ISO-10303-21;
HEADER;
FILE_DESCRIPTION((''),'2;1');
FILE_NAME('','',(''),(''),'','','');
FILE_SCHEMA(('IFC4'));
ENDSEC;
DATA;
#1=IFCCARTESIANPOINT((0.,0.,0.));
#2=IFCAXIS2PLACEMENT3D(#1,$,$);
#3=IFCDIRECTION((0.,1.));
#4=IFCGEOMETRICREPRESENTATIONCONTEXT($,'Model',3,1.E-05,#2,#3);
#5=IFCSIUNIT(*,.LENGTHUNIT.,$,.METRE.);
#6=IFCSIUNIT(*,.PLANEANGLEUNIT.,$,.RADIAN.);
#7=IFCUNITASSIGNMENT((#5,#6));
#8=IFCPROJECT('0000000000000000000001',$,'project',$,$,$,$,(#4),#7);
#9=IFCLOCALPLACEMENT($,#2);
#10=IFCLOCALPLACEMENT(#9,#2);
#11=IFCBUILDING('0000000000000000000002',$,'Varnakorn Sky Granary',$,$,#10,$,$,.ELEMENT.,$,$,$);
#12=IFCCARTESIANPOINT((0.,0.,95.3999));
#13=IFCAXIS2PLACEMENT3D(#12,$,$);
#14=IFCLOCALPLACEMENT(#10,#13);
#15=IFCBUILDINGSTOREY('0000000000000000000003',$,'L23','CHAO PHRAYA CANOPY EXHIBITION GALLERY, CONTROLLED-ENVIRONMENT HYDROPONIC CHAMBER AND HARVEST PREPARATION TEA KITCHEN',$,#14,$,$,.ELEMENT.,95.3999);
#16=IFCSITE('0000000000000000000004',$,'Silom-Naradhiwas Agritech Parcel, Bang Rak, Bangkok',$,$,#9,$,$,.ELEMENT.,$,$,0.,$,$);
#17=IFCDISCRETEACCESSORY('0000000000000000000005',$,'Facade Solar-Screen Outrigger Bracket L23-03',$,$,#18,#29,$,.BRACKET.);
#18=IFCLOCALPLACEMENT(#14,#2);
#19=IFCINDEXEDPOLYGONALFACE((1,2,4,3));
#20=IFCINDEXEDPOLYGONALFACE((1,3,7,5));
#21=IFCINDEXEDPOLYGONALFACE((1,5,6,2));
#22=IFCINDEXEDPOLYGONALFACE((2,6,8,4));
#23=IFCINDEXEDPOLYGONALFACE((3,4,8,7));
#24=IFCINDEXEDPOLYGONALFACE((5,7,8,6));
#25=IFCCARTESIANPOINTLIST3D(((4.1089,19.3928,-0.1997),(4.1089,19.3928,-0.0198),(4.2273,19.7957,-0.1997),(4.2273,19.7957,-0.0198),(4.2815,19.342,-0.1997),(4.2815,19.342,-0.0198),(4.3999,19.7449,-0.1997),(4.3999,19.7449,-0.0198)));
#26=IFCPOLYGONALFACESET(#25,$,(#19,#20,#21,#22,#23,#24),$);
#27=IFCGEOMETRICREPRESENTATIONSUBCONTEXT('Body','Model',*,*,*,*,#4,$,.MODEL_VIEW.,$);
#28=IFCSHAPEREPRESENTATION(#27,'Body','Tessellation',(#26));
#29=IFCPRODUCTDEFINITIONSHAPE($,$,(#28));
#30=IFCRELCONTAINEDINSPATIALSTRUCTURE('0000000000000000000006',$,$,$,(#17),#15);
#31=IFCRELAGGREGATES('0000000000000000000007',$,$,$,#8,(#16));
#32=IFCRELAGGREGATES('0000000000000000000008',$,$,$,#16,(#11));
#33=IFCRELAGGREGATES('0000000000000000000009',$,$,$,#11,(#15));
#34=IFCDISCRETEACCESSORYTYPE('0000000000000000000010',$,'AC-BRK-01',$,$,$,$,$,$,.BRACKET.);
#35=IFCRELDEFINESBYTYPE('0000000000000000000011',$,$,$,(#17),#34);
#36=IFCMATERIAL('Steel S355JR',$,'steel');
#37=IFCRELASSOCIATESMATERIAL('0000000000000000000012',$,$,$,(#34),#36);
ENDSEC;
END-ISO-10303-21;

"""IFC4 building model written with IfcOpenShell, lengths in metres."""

from ifc_helpers import new_model, si_unit, direction, frame, origin, origin_2d, place, context, subcontext, project, spatial, rectangle, extrude, source, transform, mapped, material, type_object, type_shapes, element, save


model = new_model("IFC4")

# Units and contexts
model_context = context("Model", 3, precision=1e-05, world=origin(), true_north=direction((0.0, 1.0)))
body_context = subcontext(model_context, "Body", "Model", "MODEL_VIEW")
ifc_project = project(units=[si_unit("LENGTHUNIT", "METRE"), si_unit("PLANEANGLEUNIT", "RADIAN")], contexts=[model_context])

# Site, building, storey
site_placement = place(None, origin())
site = spatial("IfcSite", under=ifc_project, at=site_placement, Name="Silom-Naradhiwas Agritech Parcel, Bang Rak, Bangkok", CompositionType="ELEMENT", RefElevation=0.0)
building_placement = place(site_placement, origin())
building = spatial("IfcBuilding", under=site, at=building_placement, Name="Varnakorn Sky Granary", CompositionType="ELEMENT")
storey_placement = place(building_placement, frame((0.0, 0.0, 95.3999)))
storey = spatial("IfcBuildingStorey", under=building, at=storey_placement, Name="L23", Description="CHAO PHRAYA CANOPY EXHIBITION GALLERY, CONTROLLED-ENVIRONMENT HYDROPONIC CHAMBER AND HARVEST PREPARATION TEA KITCHEN", CompositionType="ELEMENT", Elevation=95.3999)

# Shared definitions
ifc_material_1 = material(Name="Steel S355JR", Category="steel")

# Discrete accessory
discrete_accessory_type = type_object("IfcDiscreteAccessoryType", Name="AC-BRK-01", PredefinedType="BRACKET", material=ifc_material_1)
shared_shape_1 = source(origin(), body_context, "Body", "SweptSolid", [
    extrude(rectangle(XDim=0.1799, YDim=0.4199, at=origin_2d()), origin(), (0.0, 0.0, 1.0), 0.1799),
])
type_shapes(discrete_accessory_type, [shared_shape_1])
discrete_accessory_placement = place(storey_placement, frame((4.2544, 19.5688, -0.1997), z_axis=(0.0, 0.0, 1.0), x_axis=(-0.959383, 0.282108, 0.0)))
element("IfcDiscreteAccessory", 1, at=discrete_accessory_placement, inside=storey, type_object=discrete_accessory_type, Name="Facade Solar-Screen Outrigger Bracket L23-03", PredefinedType="BRACKET", context=body_context, shape_type="MappedRepresentation", body=[
    mapped(shared_shape_1, transform((0.0, 0.0, 0.0), x_axis=(1.0, 0.0, 0.0), y_axis=(0.0, 1.0, 0.0), z_axis=(0.0, 0.0, 1.0), scale=1.0)),
])

save(model, "model.ifc")
